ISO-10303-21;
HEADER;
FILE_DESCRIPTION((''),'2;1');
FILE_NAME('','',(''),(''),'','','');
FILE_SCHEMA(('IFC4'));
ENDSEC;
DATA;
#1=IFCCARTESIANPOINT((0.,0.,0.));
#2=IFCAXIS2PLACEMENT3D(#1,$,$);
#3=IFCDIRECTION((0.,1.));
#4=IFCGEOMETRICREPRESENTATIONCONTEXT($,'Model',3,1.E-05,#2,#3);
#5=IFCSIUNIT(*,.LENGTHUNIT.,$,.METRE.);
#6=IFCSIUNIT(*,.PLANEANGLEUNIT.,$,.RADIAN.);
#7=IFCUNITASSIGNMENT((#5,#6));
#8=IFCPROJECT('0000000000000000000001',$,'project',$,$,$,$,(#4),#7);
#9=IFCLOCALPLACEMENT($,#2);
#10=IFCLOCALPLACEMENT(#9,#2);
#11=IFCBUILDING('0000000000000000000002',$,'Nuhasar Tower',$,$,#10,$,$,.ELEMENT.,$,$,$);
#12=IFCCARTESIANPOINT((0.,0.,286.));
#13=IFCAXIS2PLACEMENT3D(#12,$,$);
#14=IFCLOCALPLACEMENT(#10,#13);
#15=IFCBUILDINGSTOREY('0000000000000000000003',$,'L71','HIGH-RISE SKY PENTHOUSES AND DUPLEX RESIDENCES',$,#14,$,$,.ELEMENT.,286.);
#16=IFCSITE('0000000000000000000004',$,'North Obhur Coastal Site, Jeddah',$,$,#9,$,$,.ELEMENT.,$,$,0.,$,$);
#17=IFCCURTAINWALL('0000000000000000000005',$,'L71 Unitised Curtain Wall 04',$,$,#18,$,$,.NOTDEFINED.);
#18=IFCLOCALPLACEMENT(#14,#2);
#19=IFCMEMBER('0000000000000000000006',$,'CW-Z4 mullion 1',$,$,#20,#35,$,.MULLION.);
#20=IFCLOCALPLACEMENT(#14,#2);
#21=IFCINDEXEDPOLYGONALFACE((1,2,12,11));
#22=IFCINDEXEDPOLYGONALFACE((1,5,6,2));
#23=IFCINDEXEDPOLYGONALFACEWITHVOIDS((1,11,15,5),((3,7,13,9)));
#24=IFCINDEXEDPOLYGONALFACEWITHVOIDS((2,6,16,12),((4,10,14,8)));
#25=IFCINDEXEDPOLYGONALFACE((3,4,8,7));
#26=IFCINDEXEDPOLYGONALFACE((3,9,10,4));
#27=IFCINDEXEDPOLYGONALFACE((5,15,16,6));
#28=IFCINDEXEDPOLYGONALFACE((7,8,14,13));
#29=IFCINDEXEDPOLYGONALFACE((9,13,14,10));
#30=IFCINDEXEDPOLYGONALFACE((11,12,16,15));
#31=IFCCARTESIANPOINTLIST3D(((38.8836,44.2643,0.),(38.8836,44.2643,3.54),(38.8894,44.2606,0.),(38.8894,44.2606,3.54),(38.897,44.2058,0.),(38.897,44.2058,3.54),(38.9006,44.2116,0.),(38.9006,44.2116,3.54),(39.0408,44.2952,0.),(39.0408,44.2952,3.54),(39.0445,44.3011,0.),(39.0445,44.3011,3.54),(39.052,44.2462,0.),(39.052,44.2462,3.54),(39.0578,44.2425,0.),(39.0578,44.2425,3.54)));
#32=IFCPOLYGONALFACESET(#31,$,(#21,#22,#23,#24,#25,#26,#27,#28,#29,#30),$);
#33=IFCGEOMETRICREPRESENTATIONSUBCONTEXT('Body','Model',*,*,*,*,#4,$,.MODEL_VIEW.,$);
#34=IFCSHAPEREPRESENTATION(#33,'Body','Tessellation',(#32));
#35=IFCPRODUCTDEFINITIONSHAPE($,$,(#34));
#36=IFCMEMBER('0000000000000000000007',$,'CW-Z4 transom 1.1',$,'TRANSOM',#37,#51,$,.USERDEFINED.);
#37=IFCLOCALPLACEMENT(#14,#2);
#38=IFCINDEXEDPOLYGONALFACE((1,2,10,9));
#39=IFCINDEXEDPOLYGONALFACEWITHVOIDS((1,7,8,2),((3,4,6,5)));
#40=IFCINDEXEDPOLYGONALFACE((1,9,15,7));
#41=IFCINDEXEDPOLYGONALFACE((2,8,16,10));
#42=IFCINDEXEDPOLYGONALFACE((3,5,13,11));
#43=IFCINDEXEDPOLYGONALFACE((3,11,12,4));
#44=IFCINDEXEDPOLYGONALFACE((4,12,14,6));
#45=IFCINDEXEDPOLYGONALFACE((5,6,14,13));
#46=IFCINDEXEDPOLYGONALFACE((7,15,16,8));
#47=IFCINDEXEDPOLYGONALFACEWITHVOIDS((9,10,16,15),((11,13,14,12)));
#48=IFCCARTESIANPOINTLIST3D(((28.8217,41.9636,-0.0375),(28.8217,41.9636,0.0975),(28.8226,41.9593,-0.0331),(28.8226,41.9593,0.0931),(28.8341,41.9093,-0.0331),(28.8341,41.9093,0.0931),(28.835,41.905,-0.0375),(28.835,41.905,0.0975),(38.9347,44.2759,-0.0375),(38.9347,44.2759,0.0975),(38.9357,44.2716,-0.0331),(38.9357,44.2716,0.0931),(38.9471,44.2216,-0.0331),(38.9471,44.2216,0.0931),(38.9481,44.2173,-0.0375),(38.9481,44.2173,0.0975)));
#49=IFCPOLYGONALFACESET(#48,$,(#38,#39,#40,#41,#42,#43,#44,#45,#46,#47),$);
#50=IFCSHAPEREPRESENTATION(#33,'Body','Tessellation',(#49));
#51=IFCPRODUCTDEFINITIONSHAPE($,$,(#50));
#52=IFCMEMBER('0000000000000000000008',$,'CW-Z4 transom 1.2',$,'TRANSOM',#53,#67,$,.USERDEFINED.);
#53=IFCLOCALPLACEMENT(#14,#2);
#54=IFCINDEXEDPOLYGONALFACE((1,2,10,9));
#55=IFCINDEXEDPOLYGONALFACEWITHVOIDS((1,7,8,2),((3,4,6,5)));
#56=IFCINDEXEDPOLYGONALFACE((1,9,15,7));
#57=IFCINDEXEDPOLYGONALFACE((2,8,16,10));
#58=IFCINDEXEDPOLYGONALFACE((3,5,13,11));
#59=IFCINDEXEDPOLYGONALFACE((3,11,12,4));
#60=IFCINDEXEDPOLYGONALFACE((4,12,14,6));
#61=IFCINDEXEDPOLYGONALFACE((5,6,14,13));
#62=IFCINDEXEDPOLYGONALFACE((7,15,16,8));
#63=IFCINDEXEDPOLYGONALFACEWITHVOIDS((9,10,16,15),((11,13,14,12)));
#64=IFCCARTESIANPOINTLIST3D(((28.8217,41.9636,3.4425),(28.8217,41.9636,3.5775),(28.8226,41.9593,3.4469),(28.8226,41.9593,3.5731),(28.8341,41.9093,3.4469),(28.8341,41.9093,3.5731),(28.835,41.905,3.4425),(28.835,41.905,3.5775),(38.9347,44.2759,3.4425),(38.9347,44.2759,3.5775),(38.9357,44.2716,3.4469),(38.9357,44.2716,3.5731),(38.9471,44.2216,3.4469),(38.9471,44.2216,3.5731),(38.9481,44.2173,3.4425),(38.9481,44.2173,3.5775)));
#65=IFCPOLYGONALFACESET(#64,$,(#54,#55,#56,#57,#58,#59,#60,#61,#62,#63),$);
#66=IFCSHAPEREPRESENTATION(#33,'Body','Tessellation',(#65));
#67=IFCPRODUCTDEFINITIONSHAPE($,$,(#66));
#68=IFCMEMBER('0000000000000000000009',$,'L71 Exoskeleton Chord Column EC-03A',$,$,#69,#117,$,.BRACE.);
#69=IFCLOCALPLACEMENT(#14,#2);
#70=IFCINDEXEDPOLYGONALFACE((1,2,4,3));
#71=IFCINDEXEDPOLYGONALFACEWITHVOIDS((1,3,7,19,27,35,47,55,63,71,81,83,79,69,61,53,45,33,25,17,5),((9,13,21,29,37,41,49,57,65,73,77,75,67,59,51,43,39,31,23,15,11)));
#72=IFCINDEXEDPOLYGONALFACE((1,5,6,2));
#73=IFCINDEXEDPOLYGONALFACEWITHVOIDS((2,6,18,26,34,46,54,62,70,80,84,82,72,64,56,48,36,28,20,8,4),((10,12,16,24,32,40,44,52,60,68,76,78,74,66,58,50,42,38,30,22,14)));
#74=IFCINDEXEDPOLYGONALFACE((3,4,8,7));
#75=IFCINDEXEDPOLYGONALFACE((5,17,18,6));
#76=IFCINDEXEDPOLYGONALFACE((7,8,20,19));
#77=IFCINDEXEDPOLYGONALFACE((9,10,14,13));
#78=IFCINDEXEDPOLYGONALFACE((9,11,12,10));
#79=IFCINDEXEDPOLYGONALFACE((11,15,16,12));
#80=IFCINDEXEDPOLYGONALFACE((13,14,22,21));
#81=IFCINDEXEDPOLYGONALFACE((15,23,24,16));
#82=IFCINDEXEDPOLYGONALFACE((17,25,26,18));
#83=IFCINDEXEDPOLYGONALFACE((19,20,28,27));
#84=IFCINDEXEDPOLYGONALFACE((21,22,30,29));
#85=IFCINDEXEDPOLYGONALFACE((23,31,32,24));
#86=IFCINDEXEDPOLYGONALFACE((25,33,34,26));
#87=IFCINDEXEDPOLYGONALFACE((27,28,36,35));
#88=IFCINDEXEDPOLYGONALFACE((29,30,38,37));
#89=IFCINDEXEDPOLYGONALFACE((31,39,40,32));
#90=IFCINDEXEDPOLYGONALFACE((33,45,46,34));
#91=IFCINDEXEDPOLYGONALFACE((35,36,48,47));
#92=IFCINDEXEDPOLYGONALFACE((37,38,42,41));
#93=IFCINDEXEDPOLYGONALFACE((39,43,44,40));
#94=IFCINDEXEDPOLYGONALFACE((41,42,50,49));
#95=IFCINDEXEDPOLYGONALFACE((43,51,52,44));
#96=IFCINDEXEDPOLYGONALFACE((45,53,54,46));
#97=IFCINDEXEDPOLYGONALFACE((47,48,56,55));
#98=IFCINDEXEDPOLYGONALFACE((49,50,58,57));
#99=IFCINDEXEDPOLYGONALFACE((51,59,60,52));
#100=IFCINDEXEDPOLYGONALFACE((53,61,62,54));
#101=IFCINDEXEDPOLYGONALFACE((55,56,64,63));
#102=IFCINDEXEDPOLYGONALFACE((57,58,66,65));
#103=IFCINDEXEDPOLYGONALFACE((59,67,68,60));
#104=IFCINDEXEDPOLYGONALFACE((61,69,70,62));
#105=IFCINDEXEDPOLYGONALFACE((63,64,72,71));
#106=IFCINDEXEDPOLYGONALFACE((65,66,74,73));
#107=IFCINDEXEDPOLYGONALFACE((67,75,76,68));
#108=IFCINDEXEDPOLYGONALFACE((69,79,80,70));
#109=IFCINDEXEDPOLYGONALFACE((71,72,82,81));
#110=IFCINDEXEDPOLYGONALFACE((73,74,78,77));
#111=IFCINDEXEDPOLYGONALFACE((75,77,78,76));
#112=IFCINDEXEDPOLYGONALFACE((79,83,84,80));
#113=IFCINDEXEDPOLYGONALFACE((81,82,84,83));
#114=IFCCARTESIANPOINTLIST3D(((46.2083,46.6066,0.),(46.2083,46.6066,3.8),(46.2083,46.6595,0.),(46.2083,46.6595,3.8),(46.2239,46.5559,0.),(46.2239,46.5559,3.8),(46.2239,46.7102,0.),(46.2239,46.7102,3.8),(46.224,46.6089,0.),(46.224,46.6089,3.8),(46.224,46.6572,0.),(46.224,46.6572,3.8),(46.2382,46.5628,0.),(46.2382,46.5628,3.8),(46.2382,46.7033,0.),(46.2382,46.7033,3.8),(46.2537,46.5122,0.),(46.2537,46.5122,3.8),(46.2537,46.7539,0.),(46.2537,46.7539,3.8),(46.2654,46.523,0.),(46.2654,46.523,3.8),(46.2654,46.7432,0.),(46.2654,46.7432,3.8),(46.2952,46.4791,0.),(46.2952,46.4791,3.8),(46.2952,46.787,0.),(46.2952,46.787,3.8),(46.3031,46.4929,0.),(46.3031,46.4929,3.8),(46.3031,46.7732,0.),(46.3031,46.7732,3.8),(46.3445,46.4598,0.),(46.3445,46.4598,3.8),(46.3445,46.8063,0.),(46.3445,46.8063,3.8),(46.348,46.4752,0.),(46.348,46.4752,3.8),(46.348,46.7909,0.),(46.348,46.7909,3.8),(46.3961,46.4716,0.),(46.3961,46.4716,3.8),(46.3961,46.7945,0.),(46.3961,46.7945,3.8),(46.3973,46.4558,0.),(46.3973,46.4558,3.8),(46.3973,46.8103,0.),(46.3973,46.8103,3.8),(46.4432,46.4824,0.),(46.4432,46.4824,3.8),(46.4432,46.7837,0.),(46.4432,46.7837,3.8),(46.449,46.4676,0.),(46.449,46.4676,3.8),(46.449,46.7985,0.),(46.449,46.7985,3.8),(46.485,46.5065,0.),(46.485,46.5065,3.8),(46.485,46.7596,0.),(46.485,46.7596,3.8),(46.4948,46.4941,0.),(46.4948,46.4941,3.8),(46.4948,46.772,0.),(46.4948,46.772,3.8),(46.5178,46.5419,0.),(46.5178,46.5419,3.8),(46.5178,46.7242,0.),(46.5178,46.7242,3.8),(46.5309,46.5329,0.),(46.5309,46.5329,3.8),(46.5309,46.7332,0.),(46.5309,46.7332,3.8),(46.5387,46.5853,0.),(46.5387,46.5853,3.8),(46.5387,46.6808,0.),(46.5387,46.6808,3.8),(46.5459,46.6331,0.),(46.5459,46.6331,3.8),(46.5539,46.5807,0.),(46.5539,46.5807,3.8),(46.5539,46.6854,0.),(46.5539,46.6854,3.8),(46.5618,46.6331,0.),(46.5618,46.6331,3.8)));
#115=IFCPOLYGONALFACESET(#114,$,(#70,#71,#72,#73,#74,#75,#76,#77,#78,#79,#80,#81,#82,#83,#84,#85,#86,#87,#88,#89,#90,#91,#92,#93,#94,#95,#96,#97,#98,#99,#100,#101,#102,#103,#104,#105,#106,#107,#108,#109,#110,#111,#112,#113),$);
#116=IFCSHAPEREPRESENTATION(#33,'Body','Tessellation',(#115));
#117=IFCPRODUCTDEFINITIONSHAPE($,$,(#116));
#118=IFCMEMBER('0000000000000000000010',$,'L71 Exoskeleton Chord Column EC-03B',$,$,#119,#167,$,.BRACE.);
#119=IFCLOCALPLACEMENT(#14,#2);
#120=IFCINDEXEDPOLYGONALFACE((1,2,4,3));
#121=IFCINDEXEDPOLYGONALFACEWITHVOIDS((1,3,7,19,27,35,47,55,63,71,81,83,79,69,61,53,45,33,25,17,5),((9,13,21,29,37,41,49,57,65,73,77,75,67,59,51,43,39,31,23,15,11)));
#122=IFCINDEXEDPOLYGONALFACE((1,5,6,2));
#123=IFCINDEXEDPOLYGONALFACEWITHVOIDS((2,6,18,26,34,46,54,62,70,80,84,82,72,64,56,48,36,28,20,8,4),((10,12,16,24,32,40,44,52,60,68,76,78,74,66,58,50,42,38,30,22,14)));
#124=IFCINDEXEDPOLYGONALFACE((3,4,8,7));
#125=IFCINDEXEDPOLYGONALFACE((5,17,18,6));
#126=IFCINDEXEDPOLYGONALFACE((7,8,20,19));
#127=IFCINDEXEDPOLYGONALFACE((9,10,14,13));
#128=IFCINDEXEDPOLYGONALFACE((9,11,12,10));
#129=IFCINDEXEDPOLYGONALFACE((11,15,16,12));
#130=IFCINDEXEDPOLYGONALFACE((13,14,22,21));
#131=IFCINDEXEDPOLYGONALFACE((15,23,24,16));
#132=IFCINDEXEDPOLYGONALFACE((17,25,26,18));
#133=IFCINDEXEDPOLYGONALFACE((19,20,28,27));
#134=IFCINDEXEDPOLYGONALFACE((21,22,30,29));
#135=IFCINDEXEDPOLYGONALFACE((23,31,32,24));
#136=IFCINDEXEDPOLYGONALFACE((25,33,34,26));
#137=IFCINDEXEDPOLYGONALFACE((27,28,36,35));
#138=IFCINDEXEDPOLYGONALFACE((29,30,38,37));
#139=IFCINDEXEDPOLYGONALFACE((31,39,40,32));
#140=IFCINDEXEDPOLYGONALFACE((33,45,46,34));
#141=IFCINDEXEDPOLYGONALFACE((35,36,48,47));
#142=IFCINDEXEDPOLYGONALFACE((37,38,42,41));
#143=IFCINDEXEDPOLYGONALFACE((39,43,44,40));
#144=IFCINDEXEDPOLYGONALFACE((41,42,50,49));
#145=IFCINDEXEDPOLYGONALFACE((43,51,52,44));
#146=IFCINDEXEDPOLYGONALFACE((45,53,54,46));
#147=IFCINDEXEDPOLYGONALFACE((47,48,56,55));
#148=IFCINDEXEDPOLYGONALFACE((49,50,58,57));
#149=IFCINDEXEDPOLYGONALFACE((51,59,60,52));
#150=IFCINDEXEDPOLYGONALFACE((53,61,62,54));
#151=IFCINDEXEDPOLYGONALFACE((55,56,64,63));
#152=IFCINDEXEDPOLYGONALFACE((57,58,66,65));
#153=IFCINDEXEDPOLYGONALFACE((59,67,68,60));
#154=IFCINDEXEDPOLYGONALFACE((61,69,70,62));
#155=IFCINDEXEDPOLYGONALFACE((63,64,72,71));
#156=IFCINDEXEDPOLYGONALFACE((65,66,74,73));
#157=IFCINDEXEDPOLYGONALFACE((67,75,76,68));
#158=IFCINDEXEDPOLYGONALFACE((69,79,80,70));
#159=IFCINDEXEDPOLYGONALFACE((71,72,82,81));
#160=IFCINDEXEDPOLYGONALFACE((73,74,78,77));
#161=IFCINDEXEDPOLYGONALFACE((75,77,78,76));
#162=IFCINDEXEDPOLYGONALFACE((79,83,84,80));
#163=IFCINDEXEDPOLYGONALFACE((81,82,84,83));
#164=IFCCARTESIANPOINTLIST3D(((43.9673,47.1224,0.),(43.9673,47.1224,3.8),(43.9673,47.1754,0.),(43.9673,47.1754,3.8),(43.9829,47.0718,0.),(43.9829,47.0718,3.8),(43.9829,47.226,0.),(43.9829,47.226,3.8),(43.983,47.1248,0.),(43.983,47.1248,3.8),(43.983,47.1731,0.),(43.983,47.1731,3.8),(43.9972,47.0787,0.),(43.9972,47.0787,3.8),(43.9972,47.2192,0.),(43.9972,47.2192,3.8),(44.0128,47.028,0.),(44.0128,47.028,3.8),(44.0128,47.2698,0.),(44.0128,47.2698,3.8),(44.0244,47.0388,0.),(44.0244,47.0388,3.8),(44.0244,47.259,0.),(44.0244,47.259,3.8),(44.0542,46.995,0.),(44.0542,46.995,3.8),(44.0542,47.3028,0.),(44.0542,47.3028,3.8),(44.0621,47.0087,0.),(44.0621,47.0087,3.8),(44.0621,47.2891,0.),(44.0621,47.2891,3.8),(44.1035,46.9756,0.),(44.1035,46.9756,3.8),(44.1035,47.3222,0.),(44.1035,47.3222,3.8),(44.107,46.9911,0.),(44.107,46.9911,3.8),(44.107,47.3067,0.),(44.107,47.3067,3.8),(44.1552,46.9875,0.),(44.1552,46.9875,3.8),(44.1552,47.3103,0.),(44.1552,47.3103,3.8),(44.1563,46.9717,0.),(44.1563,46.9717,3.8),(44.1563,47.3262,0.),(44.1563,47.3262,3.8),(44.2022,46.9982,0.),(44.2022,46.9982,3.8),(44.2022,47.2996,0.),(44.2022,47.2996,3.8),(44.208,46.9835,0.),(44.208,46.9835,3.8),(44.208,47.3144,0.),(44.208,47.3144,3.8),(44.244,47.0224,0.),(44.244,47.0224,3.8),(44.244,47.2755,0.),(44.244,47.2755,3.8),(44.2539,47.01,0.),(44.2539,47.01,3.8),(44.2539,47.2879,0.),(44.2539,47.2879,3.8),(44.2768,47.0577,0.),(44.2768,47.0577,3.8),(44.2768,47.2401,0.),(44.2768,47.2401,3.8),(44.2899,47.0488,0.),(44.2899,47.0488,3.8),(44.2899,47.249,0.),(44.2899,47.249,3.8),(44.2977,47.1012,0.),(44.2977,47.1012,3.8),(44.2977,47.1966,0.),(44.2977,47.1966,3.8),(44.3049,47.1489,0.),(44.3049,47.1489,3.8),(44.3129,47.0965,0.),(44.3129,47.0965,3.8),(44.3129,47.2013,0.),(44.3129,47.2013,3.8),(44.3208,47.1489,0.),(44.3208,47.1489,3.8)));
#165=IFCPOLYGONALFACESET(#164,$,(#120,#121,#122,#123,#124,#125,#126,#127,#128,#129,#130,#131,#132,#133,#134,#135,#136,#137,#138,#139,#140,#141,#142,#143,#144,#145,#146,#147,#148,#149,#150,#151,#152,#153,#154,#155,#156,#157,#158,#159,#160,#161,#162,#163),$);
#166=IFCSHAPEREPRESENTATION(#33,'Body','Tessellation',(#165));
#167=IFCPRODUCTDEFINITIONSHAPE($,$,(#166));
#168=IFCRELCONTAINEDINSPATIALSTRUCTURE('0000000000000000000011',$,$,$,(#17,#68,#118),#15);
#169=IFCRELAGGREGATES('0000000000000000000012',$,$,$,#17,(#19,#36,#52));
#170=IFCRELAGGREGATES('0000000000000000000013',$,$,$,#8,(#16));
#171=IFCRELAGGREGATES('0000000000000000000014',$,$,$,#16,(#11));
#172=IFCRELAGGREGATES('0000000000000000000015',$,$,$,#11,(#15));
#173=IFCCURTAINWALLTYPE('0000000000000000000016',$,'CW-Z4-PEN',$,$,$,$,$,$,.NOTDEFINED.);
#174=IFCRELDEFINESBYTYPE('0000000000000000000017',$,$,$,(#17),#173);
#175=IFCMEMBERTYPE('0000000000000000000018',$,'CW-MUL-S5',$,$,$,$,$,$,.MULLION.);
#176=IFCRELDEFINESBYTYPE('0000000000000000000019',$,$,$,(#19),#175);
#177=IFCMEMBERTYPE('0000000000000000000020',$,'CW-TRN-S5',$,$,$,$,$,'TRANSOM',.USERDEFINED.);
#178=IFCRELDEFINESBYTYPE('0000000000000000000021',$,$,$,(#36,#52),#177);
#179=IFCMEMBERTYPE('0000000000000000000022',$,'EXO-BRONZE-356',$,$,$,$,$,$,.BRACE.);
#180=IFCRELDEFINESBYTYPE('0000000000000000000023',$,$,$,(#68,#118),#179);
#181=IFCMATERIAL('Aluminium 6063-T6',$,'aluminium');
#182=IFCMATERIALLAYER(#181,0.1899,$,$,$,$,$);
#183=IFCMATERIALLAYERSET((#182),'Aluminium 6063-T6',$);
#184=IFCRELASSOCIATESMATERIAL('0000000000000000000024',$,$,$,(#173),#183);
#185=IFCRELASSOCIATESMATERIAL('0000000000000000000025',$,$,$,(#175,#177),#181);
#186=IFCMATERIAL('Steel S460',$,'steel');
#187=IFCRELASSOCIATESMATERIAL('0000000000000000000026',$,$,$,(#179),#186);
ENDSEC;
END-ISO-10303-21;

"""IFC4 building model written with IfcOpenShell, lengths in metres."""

from ifc_helpers import new_model, si_unit, direction, frame, origin, origin_2d, place, context, subcontext, project, spatial, hollow_rectangle, hollow_circle, extrude, material, layer, layer_set, material_profile, profile_set, type_object, element, aggregate, save


model = new_model("IFC4")

# Units and contexts
model_context = context("Model", 3, precision=1e-05, world=origin(), true_north=direction((0.0, 1.0)))
body_context = subcontext(model_context, "Body", "Model", "MODEL_VIEW")
ifc_project = project(units=[si_unit("LENGTHUNIT", "METRE"), si_unit("PLANEANGLEUNIT", "RADIAN")], contexts=[model_context])

# Site, building, storey
site_placement = place(None, origin())
site = spatial("IfcSite", under=ifc_project, at=site_placement, Name="North Obhur Coastal Site, Jeddah", CompositionType="ELEMENT", RefElevation=0.0)
building_placement = place(site_placement, origin())
building = spatial("IfcBuilding", under=site, at=building_placement, Name="Nuhasar Tower", CompositionType="ELEMENT")
storey_placement = place(building_placement, frame((0.0, 0.0, 286.0)))
storey = spatial("IfcBuildingStorey", under=building, at=storey_placement, Name="L71", Description="HIGH-RISE SKY PENTHOUSES AND DUPLEX RESIDENCES", CompositionType="ELEMENT", Elevation=286.0)

# Shared definitions
ifc_material_1 = material(Name="Aluminium 6063-T6", Category="aluminium")
ifc_layer_1 = layer(ifc_material_1, 0.1899)
ifc_layer_set_1 = layer_set([ifc_layer_1], Name="Aluminium 6063-T6")
curtain_wall_type = type_object("IfcCurtainWallType", Name="CW-Z4-PEN", PredefinedType="NOTDEFINED", material=ifc_layer_set_1)
ifc_material_profile_1 = material_profile(ifc_material_1, hollow_rectangle(XDim=0.0601, YDim=0.165, WallThickness=0.0049, at=origin_2d()), Name="CWM-5")
ifc_profile_set_1 = profile_set([ifc_material_profile_1], Name="Aluminium 6063-T6")
member_type_1 = type_object("IfcMemberType", Name="CW-MUL-S5", PredefinedType="MULLION", material=ifc_profile_set_1)

# Curtain wall, members
curtain_wall_1_placement = place(storey_placement, origin())
curtain_wall_1 = element("IfcCurtainWall", 1, at=curtain_wall_1_placement, inside=storey, type_object=curtain_wall_type, Name="L71 Unitised Curtain Wall 04", PredefinedType="NOTDEFINED")
member_1_placement = place(storey_placement, frame((38.9707, 44.2534, 0.0), z_axis=(0.0, 0.0, 1.0), x_axis=(0.222889, -0.974844, 0.0)))
member_1 = element("IfcMember", 2, at=member_1_placement, type_object=member_type_1, Name="CW-Z4 mullion 1", PredefinedType="MULLION", context=body_context, shape_type="SweptSolid", body=[
    extrude(hollow_rectangle(XDim=0.0601, YDim=0.165, WallThickness=0.0049, at=origin_2d()), origin(), (0.0, 0.0, 1.0), 3.54),
])
ifc_material_profile_2 = material_profile(ifc_material_1, hollow_rectangle(XDim=0.0601, YDim=0.135, WallThickness=0.0044, at=origin_2d()), Name="CWT-5")
ifc_profile_set_2 = profile_set([ifc_material_profile_2], Name="Aluminium 6063-T6")
member_type_2 = type_object("IfcMemberType", Name="CW-TRN-S5", ElementType="TRANSOM", PredefinedType="USERDEFINED", material=ifc_profile_set_2)
member_2_placement = place(storey_placement, frame((38.9414, 44.2466, 0.03), z_axis=(-0.974844, -0.222889, 0.0), x_axis=(0.222889, -0.974844, 0.0)))
member_2 = element("IfcMember", 3, at=member_2_placement, type_object=member_type_2, Name="CW-Z4 transom 1.1", ObjectType="TRANSOM", PredefinedType="USERDEFINED", context=body_context, shape_type="SweptSolid", body=[
    extrude(hollow_rectangle(XDim=0.0601, YDim=0.135, WallThickness=0.0044, at=origin_2d()), origin(), (0.0, 0.0, 1.0), 10.374),
])
member_3_placement = place(storey_placement, frame((38.9414, 44.2466, 3.51), z_axis=(-0.974844, -0.222889, 0.0), x_axis=(0.222889, -0.974844, 0.0)))
member_3 = element("IfcMember", 4, at=member_3_placement, type_object=member_type_2, Name="CW-Z4 transom 1.2", ObjectType="TRANSOM", PredefinedType="USERDEFINED", context=body_context, shape_type="SweptSolid", body=[
    extrude(hollow_rectangle(XDim=0.0601, YDim=0.135, WallThickness=0.0044, at=origin_2d()), origin(), (0.0, 0.0, 1.0), 10.374),
])
aggregate(curtain_wall_1, [member_1, member_2, member_3])

# Members
ifc_material_2 = material(Name="Steel S460", Category="steel")
ifc_material_profile_3 = material_profile(ifc_material_2, hollow_circle(Radius=0.1777, WallThickness=0.0159, at=origin_2d()), Name="HSS355.6X15.9")
ifc_profile_set_3 = profile_set([ifc_material_profile_3], Name="Steel S460")
member_type_3 = type_object("IfcMemberType", Name="EXO-BRONZE-356", PredefinedType="BRACE", material=ifc_profile_set_3)
for number, where, z_axis, x_axis, name in (
    (5, (46.384, 46.6331, 0.0), (0.0, 0.0, 1.0), (1.0, 0.0, 0.0), "L71 Exoskeleton Chord Column EC-03A"),
    (6, (44.1431, 47.1489, 0.0), (0.0, 0.0, 1.0), (1.0, 0.0, 0.0), "L71 Exoskeleton Chord Column EC-03B"),
):
    element("IfcMember", number, at=place(storey_placement, frame(where, z_axis=z_axis, x_axis=x_axis)), inside=storey, type_object=member_type_3, Name=name, PredefinedType="BRACE", context=body_context, shape_type="SweptSolid", body=[
        extrude(hollow_circle(Radius=0.1777, WallThickness=0.0159, at=origin_2d()), origin(), (0.0, 0.0, 1.0), 3.8),
    ])

save(model, "model.ifc")
